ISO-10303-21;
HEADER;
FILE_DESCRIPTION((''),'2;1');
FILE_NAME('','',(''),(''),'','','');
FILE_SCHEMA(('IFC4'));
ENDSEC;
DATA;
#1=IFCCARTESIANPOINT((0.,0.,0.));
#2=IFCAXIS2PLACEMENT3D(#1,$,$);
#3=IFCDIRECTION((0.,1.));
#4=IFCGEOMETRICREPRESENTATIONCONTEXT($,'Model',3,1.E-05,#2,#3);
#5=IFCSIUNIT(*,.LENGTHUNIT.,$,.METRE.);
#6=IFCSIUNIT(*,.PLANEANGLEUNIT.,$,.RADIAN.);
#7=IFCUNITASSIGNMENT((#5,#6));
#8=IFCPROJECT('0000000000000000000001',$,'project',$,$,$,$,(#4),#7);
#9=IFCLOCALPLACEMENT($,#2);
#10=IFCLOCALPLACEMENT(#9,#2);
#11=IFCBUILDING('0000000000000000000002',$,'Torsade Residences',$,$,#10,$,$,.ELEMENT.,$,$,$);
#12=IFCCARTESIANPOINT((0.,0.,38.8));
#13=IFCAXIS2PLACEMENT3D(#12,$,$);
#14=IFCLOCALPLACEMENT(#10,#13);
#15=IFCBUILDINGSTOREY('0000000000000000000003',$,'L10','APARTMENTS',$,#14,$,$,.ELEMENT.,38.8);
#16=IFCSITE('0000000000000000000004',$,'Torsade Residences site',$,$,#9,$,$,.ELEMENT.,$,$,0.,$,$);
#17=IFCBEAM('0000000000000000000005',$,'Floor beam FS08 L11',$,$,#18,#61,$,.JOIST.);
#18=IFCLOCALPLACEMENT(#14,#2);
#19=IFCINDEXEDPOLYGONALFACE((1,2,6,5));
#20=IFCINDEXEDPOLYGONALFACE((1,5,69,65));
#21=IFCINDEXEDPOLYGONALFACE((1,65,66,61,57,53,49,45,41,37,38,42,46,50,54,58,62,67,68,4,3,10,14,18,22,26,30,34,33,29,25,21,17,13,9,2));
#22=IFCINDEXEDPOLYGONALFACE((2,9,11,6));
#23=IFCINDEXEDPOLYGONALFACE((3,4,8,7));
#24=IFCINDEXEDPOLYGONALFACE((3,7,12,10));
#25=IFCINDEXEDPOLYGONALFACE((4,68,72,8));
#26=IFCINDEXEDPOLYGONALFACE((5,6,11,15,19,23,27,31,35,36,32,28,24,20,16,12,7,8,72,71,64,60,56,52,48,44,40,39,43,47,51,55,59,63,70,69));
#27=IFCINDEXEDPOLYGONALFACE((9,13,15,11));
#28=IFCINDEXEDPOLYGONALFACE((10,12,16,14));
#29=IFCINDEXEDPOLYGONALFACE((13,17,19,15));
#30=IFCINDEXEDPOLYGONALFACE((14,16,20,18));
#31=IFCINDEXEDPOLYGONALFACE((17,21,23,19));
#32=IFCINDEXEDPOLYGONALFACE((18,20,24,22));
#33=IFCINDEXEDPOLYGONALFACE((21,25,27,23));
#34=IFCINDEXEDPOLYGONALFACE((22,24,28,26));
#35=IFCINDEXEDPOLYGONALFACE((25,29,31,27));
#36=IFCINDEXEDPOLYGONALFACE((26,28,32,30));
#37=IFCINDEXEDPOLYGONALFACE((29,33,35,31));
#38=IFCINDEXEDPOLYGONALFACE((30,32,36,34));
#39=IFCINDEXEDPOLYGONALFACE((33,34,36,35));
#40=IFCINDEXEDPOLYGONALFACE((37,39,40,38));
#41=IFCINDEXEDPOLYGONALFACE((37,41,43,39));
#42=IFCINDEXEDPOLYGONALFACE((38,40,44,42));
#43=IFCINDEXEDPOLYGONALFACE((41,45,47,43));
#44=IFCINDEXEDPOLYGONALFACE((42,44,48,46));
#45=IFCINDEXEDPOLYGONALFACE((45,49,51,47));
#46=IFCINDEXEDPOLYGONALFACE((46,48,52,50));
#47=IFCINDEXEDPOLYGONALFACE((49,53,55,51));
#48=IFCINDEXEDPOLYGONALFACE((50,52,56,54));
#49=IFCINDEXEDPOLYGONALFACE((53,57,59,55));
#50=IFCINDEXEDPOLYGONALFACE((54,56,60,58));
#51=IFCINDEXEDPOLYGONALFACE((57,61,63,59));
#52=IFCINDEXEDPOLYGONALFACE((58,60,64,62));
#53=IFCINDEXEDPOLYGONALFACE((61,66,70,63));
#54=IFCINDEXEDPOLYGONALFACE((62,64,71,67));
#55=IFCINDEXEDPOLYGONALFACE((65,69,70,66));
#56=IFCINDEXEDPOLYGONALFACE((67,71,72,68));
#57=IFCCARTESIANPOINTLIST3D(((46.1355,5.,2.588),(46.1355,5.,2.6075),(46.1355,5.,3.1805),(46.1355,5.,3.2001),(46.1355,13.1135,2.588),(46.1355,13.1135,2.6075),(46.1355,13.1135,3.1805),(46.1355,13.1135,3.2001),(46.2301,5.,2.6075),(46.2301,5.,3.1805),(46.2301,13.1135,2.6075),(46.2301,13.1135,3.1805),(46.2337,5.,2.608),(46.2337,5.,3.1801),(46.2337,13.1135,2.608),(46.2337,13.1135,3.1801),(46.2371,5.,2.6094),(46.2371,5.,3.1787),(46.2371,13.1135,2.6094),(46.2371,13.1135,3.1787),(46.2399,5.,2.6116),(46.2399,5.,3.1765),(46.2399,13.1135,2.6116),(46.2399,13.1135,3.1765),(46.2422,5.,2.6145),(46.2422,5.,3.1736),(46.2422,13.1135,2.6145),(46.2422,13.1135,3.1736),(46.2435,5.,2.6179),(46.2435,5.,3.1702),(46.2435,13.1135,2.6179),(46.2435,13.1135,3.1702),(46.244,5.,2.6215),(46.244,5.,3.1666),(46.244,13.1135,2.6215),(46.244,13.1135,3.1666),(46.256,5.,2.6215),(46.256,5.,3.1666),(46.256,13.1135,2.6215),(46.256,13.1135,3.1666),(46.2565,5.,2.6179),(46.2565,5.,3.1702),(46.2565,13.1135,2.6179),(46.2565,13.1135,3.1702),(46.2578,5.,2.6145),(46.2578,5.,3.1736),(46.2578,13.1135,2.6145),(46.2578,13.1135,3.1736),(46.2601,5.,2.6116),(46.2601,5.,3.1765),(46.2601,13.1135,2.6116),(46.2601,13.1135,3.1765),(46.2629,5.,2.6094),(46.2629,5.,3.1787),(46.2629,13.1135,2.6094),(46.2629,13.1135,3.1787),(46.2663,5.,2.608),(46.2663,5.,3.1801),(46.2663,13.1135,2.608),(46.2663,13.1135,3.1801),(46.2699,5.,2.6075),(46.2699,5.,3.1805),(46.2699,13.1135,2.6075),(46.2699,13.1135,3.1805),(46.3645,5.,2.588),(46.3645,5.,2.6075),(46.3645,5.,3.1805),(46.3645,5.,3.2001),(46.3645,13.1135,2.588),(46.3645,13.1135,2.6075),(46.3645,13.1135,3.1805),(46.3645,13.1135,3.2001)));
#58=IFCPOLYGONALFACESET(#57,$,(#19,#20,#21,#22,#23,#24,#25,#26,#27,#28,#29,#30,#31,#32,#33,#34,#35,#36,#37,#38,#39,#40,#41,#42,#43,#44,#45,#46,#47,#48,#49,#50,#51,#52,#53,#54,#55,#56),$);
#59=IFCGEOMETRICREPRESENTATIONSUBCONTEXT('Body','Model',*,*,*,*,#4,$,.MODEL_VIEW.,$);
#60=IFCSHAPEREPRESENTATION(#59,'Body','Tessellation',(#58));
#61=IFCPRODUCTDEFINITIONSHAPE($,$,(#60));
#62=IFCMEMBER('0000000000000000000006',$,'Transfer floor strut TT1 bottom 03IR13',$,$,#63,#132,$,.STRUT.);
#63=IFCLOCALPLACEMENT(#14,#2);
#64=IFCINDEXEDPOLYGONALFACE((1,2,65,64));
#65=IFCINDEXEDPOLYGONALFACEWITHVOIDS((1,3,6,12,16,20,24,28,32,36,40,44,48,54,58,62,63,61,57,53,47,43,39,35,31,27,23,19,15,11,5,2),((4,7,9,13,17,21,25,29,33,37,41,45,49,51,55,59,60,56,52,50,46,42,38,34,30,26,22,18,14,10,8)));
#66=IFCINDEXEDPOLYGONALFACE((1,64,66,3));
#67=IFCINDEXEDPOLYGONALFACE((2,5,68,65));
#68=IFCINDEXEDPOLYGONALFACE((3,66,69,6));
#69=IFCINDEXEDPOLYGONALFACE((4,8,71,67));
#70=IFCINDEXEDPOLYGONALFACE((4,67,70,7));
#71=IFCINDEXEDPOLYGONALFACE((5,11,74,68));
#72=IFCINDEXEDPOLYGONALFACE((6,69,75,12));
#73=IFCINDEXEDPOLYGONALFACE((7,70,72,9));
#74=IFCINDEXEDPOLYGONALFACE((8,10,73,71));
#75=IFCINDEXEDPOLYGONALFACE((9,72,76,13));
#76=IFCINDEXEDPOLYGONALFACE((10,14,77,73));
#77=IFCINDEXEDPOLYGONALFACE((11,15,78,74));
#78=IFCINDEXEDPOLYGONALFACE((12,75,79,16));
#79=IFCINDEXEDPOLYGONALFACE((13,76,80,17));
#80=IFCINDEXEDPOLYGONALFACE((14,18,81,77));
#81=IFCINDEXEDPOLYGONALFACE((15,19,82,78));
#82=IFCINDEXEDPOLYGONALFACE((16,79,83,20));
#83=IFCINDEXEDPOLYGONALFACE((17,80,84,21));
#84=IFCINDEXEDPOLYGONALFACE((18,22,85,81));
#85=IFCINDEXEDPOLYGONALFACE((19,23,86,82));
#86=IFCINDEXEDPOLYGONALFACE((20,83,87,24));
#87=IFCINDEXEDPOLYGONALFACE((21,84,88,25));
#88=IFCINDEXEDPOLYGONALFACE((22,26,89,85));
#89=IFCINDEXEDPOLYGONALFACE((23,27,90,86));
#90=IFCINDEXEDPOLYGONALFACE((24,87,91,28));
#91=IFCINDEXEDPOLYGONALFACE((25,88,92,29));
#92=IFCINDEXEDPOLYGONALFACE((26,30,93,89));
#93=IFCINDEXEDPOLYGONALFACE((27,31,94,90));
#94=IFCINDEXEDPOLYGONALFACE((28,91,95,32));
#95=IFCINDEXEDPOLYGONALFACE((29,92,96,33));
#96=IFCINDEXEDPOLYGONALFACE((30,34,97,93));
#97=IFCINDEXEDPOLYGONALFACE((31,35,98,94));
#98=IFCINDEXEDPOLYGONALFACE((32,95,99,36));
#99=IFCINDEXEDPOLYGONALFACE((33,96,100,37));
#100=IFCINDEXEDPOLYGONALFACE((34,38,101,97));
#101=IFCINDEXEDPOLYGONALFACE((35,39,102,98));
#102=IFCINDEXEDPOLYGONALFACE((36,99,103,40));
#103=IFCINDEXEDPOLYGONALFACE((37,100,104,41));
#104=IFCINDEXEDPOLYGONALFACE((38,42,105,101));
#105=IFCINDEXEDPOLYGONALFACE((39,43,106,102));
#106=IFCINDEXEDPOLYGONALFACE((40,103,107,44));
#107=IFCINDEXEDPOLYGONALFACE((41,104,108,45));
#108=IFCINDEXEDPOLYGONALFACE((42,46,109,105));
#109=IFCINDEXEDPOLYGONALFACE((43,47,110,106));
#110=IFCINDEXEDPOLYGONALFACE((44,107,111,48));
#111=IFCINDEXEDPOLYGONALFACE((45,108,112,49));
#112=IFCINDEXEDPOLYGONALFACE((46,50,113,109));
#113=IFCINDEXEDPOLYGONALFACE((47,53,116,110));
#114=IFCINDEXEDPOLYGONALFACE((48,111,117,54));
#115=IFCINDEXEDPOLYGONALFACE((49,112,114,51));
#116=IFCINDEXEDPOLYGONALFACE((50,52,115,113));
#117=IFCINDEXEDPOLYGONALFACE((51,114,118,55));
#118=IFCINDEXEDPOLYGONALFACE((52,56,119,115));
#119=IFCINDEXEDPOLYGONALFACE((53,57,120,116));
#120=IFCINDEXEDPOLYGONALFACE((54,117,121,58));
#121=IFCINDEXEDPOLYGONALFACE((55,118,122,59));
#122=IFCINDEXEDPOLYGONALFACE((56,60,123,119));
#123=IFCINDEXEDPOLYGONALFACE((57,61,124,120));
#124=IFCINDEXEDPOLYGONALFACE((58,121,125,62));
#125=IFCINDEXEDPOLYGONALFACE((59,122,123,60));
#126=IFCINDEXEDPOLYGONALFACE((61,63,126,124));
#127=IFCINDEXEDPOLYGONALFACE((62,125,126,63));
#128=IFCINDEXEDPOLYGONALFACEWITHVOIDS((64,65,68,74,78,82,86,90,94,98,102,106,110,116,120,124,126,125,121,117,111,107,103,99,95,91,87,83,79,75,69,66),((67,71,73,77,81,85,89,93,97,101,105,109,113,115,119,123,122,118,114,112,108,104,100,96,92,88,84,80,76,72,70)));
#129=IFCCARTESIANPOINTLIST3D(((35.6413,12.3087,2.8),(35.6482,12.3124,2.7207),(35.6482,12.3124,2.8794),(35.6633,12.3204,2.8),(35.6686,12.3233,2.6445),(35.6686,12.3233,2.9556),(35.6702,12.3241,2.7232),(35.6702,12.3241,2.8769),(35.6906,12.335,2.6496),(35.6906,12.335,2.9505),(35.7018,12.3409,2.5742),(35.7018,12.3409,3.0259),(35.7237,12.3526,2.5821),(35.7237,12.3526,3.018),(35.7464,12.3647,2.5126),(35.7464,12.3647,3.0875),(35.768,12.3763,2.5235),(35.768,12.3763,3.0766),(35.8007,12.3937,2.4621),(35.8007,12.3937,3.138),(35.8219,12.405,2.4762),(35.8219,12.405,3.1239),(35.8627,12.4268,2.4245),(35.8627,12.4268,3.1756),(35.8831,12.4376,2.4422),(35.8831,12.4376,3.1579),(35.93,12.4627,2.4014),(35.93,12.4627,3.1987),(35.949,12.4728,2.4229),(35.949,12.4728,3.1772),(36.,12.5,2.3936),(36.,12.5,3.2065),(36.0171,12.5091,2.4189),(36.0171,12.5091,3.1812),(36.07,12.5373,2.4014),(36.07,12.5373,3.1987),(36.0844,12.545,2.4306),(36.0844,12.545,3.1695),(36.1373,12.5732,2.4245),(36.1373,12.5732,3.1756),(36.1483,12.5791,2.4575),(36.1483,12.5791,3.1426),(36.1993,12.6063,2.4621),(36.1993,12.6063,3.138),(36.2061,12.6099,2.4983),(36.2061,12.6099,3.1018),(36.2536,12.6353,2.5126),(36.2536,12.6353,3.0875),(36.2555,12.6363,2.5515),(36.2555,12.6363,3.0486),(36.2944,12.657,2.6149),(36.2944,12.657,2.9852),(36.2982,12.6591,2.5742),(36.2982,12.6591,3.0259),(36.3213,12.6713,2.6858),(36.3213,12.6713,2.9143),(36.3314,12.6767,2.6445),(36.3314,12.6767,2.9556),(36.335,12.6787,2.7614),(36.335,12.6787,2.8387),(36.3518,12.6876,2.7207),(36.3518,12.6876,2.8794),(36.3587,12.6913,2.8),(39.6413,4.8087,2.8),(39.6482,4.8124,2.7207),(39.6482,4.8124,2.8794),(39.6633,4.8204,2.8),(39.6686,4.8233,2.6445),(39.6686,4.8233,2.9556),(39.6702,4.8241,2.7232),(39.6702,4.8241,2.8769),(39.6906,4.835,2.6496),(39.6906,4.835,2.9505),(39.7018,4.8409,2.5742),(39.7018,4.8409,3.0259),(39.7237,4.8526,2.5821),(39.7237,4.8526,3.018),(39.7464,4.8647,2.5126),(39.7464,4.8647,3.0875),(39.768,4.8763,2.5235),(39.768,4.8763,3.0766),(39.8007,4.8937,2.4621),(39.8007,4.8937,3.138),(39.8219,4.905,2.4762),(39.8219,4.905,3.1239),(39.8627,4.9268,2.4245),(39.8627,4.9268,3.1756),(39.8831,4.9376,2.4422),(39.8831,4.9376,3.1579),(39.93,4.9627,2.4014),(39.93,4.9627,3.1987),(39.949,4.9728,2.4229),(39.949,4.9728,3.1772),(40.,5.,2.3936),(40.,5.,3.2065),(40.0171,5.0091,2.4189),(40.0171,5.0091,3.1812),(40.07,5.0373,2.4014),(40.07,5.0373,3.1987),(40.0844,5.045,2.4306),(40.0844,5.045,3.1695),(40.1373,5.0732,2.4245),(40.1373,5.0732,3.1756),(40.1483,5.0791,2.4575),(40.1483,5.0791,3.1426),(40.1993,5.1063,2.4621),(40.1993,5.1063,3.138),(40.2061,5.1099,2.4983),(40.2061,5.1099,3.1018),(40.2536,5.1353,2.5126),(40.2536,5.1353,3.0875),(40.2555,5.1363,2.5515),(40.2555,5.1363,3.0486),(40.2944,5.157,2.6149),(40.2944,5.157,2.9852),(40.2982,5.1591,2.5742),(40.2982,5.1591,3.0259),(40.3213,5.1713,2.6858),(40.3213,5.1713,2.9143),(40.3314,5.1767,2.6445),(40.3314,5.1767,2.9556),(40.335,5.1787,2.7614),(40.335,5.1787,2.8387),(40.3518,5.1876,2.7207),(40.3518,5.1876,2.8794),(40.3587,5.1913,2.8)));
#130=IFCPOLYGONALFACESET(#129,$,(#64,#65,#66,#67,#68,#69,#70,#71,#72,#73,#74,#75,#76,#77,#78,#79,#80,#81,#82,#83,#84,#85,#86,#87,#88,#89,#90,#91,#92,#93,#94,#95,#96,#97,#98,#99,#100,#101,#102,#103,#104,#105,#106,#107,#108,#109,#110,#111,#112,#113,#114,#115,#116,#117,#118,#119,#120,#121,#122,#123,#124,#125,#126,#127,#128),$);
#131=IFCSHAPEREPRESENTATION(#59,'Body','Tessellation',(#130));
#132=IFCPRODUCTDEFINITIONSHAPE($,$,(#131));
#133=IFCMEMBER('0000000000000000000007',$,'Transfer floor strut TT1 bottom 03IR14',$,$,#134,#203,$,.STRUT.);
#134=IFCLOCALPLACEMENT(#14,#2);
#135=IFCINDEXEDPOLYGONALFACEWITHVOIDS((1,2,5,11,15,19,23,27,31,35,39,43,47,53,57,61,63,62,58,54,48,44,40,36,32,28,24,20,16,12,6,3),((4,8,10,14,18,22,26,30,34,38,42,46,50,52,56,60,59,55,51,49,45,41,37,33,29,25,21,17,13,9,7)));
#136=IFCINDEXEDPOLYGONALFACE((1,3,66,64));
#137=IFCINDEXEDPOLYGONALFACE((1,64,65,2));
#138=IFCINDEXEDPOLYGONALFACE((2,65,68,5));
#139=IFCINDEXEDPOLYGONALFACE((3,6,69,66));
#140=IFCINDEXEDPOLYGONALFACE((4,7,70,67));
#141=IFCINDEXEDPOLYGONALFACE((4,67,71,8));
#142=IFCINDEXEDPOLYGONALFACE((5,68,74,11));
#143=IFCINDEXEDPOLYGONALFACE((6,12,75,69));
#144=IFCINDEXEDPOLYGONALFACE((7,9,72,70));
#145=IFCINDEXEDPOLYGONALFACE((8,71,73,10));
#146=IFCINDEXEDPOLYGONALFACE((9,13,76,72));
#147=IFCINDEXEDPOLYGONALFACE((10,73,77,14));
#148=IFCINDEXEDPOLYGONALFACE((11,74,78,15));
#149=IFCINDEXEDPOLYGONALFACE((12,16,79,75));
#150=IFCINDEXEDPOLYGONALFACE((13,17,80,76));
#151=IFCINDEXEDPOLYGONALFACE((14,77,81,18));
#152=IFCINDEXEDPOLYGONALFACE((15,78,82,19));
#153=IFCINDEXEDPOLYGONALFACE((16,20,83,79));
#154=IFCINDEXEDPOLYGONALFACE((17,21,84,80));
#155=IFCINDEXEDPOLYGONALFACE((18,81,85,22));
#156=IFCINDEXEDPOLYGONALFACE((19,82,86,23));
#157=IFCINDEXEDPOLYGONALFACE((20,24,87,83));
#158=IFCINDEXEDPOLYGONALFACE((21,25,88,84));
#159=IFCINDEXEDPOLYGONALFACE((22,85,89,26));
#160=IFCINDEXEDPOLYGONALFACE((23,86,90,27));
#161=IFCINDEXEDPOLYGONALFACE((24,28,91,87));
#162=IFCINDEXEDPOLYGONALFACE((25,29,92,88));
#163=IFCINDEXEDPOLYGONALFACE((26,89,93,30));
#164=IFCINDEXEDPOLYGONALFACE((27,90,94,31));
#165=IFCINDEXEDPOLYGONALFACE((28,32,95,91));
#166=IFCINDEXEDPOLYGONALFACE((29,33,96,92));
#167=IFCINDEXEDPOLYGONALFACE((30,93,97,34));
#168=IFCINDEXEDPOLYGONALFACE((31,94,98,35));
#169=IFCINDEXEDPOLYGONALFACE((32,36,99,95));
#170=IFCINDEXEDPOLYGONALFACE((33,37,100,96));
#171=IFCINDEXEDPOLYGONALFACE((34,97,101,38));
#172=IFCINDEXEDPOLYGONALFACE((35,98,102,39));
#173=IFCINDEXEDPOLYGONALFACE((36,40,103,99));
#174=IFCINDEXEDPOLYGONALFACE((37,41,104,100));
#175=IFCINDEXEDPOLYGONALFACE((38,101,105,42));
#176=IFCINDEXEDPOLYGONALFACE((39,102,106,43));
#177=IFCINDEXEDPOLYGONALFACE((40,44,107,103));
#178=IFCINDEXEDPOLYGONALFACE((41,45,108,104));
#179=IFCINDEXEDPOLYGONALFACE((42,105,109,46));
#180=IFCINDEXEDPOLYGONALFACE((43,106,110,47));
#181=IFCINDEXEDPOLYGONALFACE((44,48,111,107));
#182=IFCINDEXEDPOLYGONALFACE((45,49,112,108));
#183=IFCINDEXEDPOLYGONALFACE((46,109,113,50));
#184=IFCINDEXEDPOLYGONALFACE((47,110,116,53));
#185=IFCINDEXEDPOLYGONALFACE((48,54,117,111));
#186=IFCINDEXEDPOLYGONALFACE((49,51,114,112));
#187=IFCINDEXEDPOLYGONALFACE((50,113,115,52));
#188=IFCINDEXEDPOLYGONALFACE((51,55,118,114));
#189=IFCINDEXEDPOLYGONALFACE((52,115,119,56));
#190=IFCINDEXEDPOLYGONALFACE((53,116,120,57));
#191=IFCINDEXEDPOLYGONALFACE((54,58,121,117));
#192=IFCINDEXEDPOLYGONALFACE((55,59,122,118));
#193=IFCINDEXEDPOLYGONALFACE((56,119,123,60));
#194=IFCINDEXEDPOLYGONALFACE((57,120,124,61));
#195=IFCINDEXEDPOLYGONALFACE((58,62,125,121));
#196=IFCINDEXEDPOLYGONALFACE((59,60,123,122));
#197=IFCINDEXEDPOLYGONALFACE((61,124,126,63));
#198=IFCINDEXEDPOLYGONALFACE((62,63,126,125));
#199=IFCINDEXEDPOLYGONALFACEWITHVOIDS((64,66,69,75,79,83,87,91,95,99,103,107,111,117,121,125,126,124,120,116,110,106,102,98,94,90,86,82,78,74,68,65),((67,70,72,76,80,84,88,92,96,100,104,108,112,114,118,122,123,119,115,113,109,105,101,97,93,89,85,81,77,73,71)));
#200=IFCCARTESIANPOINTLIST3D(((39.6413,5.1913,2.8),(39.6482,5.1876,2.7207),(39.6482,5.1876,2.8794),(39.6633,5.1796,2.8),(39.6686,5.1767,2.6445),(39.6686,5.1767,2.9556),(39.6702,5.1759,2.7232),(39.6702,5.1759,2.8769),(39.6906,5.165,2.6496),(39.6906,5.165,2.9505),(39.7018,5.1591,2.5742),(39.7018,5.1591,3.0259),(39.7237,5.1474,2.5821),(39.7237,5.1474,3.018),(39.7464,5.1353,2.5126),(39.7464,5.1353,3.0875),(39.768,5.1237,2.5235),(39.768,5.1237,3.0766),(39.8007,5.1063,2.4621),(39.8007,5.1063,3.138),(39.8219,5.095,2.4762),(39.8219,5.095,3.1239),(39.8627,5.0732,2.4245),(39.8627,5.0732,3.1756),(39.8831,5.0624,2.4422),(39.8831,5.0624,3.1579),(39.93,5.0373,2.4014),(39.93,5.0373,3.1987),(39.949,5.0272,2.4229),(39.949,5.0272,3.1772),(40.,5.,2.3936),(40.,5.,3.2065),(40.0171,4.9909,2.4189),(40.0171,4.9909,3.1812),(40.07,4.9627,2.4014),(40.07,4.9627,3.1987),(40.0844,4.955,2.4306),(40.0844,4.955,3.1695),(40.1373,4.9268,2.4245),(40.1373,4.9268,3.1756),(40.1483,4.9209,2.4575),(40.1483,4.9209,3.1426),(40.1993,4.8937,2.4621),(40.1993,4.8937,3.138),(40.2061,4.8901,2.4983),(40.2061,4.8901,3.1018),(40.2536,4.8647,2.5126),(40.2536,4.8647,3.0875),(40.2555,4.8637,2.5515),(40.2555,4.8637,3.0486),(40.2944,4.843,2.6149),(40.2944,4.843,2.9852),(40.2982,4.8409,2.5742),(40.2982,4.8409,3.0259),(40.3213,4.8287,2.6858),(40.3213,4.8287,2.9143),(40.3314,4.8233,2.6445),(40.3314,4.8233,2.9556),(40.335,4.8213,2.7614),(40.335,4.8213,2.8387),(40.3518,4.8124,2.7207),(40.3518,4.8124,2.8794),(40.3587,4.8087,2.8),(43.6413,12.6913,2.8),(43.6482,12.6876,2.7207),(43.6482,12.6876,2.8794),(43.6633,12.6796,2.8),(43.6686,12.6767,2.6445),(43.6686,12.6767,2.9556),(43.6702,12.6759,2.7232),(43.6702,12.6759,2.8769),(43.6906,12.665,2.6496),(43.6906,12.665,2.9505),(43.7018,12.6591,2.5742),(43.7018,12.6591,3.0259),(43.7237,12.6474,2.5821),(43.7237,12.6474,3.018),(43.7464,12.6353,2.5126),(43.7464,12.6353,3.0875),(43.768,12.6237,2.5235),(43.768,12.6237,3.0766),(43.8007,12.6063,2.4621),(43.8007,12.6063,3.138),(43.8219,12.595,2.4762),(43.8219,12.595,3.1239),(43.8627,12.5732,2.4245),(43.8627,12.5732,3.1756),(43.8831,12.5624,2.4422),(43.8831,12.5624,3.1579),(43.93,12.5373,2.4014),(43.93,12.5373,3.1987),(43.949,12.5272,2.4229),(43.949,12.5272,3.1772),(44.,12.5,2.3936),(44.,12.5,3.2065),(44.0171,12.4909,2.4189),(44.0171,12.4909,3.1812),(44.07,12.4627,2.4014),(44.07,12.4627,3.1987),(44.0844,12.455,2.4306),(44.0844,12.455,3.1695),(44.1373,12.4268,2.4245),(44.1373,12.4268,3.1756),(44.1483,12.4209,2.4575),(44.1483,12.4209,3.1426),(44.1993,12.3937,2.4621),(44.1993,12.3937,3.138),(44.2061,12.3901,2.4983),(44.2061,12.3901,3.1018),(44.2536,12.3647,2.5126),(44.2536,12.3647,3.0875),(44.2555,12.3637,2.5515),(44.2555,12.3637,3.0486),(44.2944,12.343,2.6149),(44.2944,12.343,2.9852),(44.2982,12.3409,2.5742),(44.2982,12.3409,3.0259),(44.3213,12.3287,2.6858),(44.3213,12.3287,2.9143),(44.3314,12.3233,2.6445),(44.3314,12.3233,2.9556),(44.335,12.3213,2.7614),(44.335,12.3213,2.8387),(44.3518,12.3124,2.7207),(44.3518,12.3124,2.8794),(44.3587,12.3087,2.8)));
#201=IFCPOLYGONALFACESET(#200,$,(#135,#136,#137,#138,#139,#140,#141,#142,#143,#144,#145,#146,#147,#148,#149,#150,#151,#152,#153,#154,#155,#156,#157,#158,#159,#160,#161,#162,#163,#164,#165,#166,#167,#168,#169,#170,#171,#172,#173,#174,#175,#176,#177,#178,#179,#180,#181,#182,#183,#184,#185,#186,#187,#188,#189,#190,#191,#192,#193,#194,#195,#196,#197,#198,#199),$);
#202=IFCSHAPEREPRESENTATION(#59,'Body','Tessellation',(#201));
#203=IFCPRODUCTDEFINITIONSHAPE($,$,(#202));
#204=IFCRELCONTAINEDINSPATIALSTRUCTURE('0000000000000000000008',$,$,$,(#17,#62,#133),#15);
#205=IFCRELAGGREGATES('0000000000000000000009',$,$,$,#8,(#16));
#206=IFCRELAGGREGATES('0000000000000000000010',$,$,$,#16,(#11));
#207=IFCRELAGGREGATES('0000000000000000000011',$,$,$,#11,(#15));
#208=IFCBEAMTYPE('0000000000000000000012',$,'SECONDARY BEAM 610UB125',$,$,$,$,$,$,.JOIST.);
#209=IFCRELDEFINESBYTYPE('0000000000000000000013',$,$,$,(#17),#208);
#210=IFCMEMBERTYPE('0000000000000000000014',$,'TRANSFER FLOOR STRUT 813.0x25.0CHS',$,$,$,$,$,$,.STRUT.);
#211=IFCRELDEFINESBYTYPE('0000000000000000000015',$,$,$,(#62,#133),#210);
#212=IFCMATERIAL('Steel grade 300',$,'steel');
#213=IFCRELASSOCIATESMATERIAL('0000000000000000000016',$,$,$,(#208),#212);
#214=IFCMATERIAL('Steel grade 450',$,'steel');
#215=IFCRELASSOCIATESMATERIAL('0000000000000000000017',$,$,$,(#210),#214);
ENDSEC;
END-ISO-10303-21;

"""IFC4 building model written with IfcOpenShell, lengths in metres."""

from ifc_helpers import new_model, si_unit, direction, frame, origin, origin_2d, place, context, subcontext, project, spatial, hollow_circle, i_section, extrude, material, material_profile, profile_set, type_object, element, save


model = new_model("IFC4")

# Units and contexts
model_context = context("Model", 3, precision=1e-05, world=origin(), true_north=direction((0.0, 1.0)))
body_context = subcontext(model_context, "Body", "Model", "MODEL_VIEW")
ifc_project = project(units=[si_unit("LENGTHUNIT", "METRE"), si_unit("PLANEANGLEUNIT", "RADIAN")], contexts=[model_context])

# Site, building, storey
site_placement = place(None, origin())
site = spatial("IfcSite", under=ifc_project, at=site_placement, Name="Torsade Residences site", CompositionType="ELEMENT", RefElevation=0.0)
building_placement = place(site_placement, origin())
building = spatial("IfcBuilding", under=site, at=building_placement, Name="Torsade Residences", CompositionType="ELEMENT")
storey_placement = place(building_placement, frame((0.0, 0.0, 38.8)))
storey = spatial("IfcBuildingStorey", under=building, at=storey_placement, Name="L10", Description="APARTMENTS", CompositionType="ELEMENT", Elevation=38.8)

# Beam
ifc_material_1 = material(Name="Steel grade 300", Category="steel")
ifc_material_profile_1 = material_profile(ifc_material_1, i_section(OverallWidth=0.229, OverallDepth=0.6121, WebThickness=0.012, FlangeThickness=0.0195, FilletRadius=0.0139, at=origin_2d()), Name="610UB125")
ifc_profile_set_1 = profile_set([ifc_material_profile_1], Name="Steel grade 300")
beam_type_1 = type_object("IfcBeamType", Name="SECONDARY BEAM 610UB125", PredefinedType="JOIST", material=ifc_profile_set_1)
beam_1_placement = place(storey_placement, frame((46.25, 5.0, 2.894), z_axis=(0.0, 1.0, 0.0), x_axis=(-1.0, 0.0, 0.0)))
element("IfcBeam", 1, at=beam_1_placement, inside=storey, type_object=beam_type_1, Name="Floor beam FS08 L11", PredefinedType="JOIST", context=body_context, shape_type="SweptSolid", body=[
    extrude(i_section(OverallWidth=0.229, OverallDepth=0.6121, WebThickness=0.012, FlangeThickness=0.0195, FilletRadius=0.0139, at=origin_2d()), origin(), (0.0, 0.0, 1.0), 8.1135),
])

# Members
ifc_material_2 = material(Name="Steel grade 450", Category="steel")
ifc_material_profile_2 = material_profile(ifc_material_2, hollow_circle(Radius=0.4065, WallThickness=0.0249, at=origin_2d()), Name="813.0x25.0CHS")
ifc_profile_set_2 = profile_set([ifc_material_profile_2], Name="Steel grade 450")
member_type_1 = type_object("IfcMemberType", Name="TRANSFER FLOOR STRUT 813.0x25.0CHS", PredefinedType="STRUT", material=ifc_profile_set_2)
for number, where, z_axis, x_axis, name in (
    (2, (40.0, 5.0, 2.8), (-0.470588, 0.882353, 0.0), (-0.882353, -0.470588, 0.0), "Transfer floor strut TT1 bottom 03IR13"),
    (3, (40.0, 5.0, 2.8), (0.470588, 0.882353, 0.0), (-0.882353, 0.470588, 0.0), "Transfer floor strut TT1 bottom 03IR14"),
):
    element("IfcMember", number, at=place(storey_placement, frame(where, z_axis=z_axis, x_axis=x_axis)), inside=storey, type_object=member_type_1, Name=name, PredefinedType="STRUT", context=body_context, shape_type="SweptSolid", body=[
        extrude(hollow_circle(Radius=0.4065, WallThickness=0.0249, at=origin_2d()), origin(), (0.0, 0.0, 1.0), 8.5),
    ])

save(model, "model.ifc")
